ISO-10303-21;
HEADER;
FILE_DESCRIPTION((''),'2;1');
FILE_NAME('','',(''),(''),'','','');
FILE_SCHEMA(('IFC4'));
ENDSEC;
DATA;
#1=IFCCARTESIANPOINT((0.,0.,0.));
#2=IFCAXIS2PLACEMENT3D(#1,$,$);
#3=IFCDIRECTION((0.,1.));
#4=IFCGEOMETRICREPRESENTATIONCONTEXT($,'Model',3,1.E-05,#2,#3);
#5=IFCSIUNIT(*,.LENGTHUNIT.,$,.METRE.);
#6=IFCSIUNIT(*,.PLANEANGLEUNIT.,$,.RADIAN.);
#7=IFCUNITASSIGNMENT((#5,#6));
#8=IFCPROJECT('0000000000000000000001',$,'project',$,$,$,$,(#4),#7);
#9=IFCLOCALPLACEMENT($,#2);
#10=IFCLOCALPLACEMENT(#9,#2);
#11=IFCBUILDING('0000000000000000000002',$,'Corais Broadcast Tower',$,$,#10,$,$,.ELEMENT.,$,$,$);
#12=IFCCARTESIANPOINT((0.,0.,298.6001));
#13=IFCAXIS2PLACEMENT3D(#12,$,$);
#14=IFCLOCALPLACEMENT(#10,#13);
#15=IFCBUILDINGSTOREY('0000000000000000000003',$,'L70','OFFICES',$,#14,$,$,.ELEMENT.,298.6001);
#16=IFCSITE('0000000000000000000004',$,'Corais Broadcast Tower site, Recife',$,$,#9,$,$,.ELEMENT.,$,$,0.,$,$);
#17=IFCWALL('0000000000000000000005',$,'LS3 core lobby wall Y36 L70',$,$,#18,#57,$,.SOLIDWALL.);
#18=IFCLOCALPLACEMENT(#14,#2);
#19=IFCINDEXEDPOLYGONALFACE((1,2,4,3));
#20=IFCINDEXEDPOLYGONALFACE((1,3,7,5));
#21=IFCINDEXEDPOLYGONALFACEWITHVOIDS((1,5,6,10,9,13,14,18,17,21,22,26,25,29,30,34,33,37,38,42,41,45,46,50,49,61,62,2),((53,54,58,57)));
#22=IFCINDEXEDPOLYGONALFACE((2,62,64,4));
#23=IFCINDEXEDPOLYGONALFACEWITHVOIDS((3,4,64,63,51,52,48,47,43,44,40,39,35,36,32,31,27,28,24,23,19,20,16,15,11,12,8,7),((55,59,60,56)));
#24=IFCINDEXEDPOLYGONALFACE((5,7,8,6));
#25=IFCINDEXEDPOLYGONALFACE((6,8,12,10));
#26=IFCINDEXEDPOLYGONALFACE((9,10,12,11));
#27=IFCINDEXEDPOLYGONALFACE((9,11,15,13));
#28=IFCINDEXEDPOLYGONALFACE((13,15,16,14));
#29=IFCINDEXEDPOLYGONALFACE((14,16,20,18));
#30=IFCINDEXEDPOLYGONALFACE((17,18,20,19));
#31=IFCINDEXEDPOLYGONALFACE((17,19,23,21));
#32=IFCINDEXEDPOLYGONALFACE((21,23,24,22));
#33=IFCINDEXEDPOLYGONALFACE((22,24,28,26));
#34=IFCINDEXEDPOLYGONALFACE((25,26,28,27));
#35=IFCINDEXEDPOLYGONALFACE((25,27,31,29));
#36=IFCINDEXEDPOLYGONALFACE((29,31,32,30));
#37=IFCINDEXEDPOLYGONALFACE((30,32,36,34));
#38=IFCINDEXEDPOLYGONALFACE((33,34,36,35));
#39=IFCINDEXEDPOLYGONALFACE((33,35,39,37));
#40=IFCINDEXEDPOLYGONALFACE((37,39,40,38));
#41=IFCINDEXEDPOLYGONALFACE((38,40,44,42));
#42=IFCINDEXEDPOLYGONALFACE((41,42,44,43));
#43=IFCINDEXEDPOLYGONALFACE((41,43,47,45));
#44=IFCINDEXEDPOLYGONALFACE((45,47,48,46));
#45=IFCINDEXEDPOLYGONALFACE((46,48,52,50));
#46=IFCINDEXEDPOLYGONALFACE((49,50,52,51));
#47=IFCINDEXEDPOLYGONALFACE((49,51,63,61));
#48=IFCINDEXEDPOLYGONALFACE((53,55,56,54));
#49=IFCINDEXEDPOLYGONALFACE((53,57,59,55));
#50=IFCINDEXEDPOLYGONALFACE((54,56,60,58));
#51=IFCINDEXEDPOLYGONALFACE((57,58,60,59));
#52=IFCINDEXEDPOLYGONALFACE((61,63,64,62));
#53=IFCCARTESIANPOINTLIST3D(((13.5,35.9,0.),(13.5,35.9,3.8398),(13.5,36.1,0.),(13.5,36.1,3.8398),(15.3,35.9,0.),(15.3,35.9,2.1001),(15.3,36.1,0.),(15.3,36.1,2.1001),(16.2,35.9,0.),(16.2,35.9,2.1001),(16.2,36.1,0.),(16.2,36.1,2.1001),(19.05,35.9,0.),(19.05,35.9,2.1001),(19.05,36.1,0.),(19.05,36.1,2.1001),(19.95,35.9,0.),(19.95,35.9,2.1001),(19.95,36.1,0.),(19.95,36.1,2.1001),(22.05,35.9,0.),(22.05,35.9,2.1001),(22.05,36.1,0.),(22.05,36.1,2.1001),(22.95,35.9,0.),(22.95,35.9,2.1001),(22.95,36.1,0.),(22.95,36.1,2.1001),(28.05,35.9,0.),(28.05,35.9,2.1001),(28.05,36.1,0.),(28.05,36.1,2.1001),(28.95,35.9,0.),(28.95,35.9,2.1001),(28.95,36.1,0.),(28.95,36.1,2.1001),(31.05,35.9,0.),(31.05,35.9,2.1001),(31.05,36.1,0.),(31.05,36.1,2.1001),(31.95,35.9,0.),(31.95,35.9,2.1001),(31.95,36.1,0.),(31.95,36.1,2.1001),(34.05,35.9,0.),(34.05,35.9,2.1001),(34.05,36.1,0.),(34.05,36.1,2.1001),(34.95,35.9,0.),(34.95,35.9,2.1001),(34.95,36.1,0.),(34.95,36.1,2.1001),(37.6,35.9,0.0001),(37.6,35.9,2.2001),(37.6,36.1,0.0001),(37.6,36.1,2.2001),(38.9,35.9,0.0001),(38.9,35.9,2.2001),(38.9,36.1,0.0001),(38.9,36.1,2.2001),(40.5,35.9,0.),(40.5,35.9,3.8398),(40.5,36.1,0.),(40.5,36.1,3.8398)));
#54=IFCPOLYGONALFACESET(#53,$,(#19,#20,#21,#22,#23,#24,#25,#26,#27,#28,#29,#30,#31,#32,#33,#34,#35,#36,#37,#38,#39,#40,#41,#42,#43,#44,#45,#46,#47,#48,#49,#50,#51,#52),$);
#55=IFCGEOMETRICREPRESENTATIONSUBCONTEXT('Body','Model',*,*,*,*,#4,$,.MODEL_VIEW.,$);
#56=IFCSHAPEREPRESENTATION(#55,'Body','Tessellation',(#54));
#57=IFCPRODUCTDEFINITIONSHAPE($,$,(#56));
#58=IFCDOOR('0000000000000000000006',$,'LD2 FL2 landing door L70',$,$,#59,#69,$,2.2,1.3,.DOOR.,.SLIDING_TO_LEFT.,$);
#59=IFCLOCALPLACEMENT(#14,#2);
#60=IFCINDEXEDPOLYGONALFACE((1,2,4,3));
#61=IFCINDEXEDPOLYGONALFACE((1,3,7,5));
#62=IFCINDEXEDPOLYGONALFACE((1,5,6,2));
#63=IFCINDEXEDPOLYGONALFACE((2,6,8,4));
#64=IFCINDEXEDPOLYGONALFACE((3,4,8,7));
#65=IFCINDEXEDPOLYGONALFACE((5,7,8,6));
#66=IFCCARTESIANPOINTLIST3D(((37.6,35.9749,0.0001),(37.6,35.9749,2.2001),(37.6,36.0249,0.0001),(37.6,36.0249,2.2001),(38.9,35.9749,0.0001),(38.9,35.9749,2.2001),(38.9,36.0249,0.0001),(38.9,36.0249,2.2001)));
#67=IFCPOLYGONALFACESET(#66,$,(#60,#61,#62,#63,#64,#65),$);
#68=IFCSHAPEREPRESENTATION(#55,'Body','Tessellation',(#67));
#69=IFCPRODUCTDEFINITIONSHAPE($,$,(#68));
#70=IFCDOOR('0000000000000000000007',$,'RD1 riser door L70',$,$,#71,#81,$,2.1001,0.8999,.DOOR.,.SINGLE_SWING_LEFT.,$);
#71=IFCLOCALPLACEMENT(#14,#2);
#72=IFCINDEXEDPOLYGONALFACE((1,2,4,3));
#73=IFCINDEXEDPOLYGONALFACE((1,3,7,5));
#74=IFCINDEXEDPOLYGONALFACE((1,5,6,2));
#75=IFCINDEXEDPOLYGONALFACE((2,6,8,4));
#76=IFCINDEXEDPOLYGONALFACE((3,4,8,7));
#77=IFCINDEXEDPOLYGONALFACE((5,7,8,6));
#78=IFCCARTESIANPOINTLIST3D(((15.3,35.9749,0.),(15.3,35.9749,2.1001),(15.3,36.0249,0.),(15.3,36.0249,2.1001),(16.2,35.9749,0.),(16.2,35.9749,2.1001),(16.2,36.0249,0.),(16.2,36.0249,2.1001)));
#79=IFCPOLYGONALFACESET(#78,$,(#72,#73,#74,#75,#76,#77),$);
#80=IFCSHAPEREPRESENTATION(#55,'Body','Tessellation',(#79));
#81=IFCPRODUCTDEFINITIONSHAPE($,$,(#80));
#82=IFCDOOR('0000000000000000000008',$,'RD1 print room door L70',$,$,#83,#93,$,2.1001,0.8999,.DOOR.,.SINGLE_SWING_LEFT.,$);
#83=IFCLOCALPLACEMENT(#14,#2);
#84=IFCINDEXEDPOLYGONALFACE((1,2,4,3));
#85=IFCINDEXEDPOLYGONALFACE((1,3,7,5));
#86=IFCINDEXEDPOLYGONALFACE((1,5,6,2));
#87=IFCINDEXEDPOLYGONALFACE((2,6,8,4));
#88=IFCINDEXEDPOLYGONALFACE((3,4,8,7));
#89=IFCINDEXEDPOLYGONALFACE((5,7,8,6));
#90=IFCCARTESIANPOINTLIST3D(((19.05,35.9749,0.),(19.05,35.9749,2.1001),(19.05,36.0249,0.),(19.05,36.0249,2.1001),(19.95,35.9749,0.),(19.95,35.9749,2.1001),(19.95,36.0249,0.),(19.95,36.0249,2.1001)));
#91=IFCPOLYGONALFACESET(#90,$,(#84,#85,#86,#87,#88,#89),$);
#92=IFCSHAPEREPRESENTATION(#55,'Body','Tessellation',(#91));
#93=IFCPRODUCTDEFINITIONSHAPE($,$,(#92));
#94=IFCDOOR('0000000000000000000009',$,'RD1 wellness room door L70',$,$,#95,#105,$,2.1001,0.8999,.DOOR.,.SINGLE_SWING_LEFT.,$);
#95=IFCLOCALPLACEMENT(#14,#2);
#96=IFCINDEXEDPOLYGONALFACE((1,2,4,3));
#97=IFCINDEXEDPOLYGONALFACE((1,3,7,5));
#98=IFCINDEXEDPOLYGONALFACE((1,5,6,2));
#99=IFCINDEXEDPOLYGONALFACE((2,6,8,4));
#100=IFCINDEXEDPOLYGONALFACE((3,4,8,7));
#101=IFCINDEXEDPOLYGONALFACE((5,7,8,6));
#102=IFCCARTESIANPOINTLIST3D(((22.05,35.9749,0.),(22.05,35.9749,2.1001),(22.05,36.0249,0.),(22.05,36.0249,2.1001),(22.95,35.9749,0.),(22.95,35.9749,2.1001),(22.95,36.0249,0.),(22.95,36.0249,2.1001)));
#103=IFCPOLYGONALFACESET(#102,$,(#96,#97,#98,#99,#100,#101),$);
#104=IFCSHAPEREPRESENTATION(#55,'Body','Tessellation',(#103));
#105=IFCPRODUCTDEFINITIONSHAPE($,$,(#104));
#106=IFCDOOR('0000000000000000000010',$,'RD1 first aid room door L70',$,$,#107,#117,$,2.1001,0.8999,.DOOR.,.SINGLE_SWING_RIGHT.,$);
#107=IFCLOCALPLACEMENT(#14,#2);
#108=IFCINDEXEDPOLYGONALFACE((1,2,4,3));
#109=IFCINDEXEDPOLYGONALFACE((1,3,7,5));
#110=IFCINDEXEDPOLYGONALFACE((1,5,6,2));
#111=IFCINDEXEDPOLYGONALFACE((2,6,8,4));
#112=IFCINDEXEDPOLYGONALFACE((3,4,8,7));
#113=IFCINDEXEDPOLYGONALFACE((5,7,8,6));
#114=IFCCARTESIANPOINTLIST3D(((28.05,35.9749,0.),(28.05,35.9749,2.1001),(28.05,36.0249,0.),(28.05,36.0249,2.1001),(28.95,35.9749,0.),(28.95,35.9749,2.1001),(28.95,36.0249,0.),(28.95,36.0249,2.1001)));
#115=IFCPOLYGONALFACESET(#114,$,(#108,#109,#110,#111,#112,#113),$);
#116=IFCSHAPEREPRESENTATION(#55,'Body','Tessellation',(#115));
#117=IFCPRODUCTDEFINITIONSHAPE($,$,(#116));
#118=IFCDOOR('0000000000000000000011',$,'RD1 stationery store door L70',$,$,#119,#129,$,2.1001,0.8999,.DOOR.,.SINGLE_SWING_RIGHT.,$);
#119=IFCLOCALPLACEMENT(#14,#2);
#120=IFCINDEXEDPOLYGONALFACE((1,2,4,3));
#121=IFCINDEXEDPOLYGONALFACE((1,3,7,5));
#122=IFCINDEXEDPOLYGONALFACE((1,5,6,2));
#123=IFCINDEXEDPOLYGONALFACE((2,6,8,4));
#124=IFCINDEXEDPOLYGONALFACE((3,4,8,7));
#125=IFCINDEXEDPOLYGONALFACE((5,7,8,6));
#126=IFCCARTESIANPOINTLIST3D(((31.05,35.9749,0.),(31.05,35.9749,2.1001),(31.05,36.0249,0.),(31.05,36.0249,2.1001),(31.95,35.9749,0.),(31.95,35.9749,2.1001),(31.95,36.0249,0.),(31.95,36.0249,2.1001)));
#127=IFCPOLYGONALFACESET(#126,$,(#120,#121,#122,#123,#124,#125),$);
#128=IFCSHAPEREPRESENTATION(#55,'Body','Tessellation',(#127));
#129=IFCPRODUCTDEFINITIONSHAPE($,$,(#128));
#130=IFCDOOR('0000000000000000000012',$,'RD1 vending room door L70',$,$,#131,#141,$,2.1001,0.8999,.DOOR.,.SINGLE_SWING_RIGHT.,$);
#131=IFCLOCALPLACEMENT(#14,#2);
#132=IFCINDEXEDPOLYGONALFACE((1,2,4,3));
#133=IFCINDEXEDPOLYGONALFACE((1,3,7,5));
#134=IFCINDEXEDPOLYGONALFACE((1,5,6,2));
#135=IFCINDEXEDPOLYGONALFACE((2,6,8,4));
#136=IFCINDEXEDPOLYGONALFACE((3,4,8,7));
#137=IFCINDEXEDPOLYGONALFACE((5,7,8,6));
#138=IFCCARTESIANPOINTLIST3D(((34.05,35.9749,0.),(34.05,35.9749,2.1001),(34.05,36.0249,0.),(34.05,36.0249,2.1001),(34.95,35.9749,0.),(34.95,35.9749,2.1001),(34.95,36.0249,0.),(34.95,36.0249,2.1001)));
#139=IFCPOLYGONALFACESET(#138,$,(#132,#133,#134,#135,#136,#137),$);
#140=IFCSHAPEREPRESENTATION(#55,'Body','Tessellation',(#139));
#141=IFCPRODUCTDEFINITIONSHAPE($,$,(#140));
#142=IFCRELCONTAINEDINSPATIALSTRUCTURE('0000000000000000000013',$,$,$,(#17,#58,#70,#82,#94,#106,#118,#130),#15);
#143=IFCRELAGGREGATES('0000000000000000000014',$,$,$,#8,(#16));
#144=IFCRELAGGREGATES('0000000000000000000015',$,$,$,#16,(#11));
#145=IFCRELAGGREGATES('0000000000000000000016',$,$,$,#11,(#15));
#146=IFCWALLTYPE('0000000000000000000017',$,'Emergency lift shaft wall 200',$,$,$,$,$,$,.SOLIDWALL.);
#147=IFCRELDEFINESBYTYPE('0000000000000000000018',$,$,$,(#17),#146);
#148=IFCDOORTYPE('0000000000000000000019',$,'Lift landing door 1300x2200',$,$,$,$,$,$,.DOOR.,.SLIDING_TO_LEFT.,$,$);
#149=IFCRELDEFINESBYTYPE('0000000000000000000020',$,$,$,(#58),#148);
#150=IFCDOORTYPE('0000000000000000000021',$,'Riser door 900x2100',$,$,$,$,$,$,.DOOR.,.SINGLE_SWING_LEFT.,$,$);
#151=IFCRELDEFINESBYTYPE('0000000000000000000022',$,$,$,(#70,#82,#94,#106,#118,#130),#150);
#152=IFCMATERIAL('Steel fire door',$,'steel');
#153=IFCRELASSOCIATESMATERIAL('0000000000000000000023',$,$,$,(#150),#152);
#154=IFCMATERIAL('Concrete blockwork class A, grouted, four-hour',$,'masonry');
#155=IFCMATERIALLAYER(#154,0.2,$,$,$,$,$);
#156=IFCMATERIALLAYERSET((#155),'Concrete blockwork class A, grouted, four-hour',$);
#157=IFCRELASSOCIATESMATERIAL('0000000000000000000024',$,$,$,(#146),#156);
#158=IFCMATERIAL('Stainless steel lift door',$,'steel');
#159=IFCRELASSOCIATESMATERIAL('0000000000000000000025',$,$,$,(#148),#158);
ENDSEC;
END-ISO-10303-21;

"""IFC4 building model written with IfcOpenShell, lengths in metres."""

from ifc_helpers import new_model, si_unit, direction, frame, frame_2d, origin, place, context, subcontext, project, spatial, rectangle, extrude, material, layer, layer_set, type_object, element, fill, save


model = new_model("IFC4")

# Units and contexts
model_context = context("Model", 3, precision=1e-05, world=origin(), true_north=direction((0.0, 1.0)))
body_context = subcontext(model_context, "Body", "Model", "MODEL_VIEW")
ifc_project = project(units=[si_unit("LENGTHUNIT", "METRE"), si_unit("PLANEANGLEUNIT", "RADIAN")], contexts=[model_context])

# Site, building, storey
site_placement = place(None, origin())
site = spatial("IfcSite", under=ifc_project, at=site_placement, Name="Corais Broadcast Tower site, Recife", CompositionType="ELEMENT", RefElevation=0.0)
building_placement = place(site_placement, origin())
building = spatial("IfcBuilding", under=site, at=building_placement, Name="Corais Broadcast Tower", CompositionType="ELEMENT")
storey_placement = place(building_placement, frame((0.0, 0.0, 298.6001)))
storey = spatial("IfcBuildingStorey", under=building, at=storey_placement, Name="L70", Description="OFFICES", CompositionType="ELEMENT", Elevation=298.6001)

# Wall, openings, doors
ifc_material_1 = material(Name="Steel fire door", Category="steel")
door_type_1 = type_object("IfcDoorType", Name="Riser door 900x2100", OperationType="SINGLE_SWING_LEFT", PredefinedType="DOOR", material=ifc_material_1)
ifc_material_2 = material(Name="Concrete blockwork class A, grouted, four-hour", Category="masonry")
ifc_layer_1 = layer(ifc_material_2, 0.2)
ifc_layer_set_1 = layer_set([ifc_layer_1], Name="Concrete blockwork class A, grouted, four-hour")
wall_type_1 = type_object("IfcWallType", Name="Emergency lift shaft wall 200", PredefinedType="SOLIDWALL", material=ifc_layer_set_1)
wall_1_placement = place(storey_placement, frame((13.5, 36.0, 0.0), z_axis=(0.0, 0.0, 1.0), x_axis=(1.0, 0.0, 0.0)))
wall_1 = element("IfcWall", 1, at=wall_1_placement, inside=storey, type_object=wall_type_1, Name="LS3 core lobby wall Y36 L70", PredefinedType="SOLIDWALL", context=body_context, shape_type="SweptSolid", body=[
    extrude(rectangle(XDim=27.0, YDim=0.2, at=frame_2d((13.5, 0.0))), origin(), (0.0, 0.0, 1.0), 3.8398),
])
opening_1_placement = place(wall_1_placement, frame((1.8, 0.0, 0.0)))
opening_1 = element("IfcOpeningElement", 2, at=opening_1_placement, cuts=wall_1, PredefinedType="OPENING", context=body_context, shape_type="SweptSolid", body=[
    extrude(rectangle(XDim=0.8999, YDim=2.1001, at=frame_2d((0.45, 1.05))), frame((0.0, 0.1099, 0.0), z_axis=(0.0, -1.0, 0.0), x_axis=(1.0, 0.0, 0.0)), (0.0, 0.0, 1.0), 0.22),
])
opening_2_placement = place(wall_1_placement, frame((5.55, 0.0, 0.0)))
opening_2 = element("IfcOpeningElement", 3, at=opening_2_placement, cuts=wall_1, PredefinedType="OPENING", context=body_context, shape_type="SweptSolid", body=[
    extrude(rectangle(XDim=0.8999, YDim=2.1001, at=frame_2d((0.45, 1.05))), frame((0.0, 0.1099, 0.0), z_axis=(0.0, -1.0, 0.0), x_axis=(1.0, 0.0, 0.0)), (0.0, 0.0, 1.0), 0.22),
])
opening_3_placement = place(wall_1_placement, frame((8.55, 0.0, 0.0)))
opening_3 = element("IfcOpeningElement", 4, at=opening_3_placement, cuts=wall_1, PredefinedType="OPENING", context=body_context, shape_type="SweptSolid", body=[
    extrude(rectangle(XDim=0.8999, YDim=2.1001, at=frame_2d((0.45, 1.05))), frame((0.0, 0.1099, 0.0), z_axis=(0.0, -1.0, 0.0), x_axis=(1.0, 0.0, 0.0)), (0.0, 0.0, 1.0), 0.22),
])
opening_4_placement = place(wall_1_placement, frame((14.55, 0.0, 0.0)))
opening_4 = element("IfcOpeningElement", 5, at=opening_4_placement, cuts=wall_1, PredefinedType="OPENING", context=body_context, shape_type="SweptSolid", body=[
    extrude(rectangle(XDim=0.8999, YDim=2.1001, at=frame_2d((0.45, 1.05))), frame((0.0, 0.1099, 0.0), z_axis=(0.0, -1.0, 0.0), x_axis=(1.0, 0.0, 0.0)), (0.0, 0.0, 1.0), 0.22),
])
opening_5_placement = place(wall_1_placement, frame((17.55, 0.0, 0.0)))
opening_5 = element("IfcOpeningElement", 6, at=opening_5_placement, cuts=wall_1, PredefinedType="OPENING", context=body_context, shape_type="SweptSolid", body=[
    extrude(rectangle(XDim=0.8999, YDim=2.1001, at=frame_2d((0.45, 1.05))), frame((0.0, 0.1099, 0.0), z_axis=(0.0, -1.0, 0.0), x_axis=(1.0, 0.0, 0.0)), (0.0, 0.0, 1.0), 0.22),
])
opening_6_placement = place(wall_1_placement, frame((20.55, 0.0, 0.0)))
opening_6 = element("IfcOpeningElement", 7, at=opening_6_placement, cuts=wall_1, PredefinedType="OPENING", context=body_context, shape_type="SweptSolid", body=[
    extrude(rectangle(XDim=0.8999, YDim=2.1001, at=frame_2d((0.45, 1.05))), frame((0.0, 0.1099, 0.0), z_axis=(0.0, -1.0, 0.0), x_axis=(1.0, 0.0, 0.0)), (0.0, 0.0, 1.0), 0.22),
])
opening_7_placement = place(wall_1_placement, frame((24.1001, 0.0, 0.0)))
opening_7 = element("IfcOpeningElement", 8, at=opening_7_placement, cuts=wall_1, PredefinedType="OPENING", context=body_context, shape_type="SweptSolid", body=[
    extrude(rectangle(XDim=1.3, YDim=2.2, at=frame_2d((0.6499, 1.1001))), frame((0.0, 0.1099, 0.0), z_axis=(0.0, -1.0, 0.0), x_axis=(1.0, 0.0, 0.0)), (0.0, 0.0, 1.0), 0.22),
])
ifc_material_3 = material(Name="Stainless steel lift door", Category="steel")
door_type_2 = type_object("IfcDoorType", Name="Lift landing door 1300x2200", OperationType="SLIDING_TO_LEFT", PredefinedType="DOOR", material=ifc_material_3)
door_1_placement = place(opening_7_placement, origin())
door_1 = element("IfcDoor", 9, at=door_1_placement, inside=storey, type_object=door_type_2, Name="LD2 FL2 landing door L70", OperationType="SLIDING_TO_LEFT", OverallHeight=2.2, OverallWidth=1.3, PredefinedType="DOOR", context=body_context, shape_type="SweptSolid", body=[
    extrude(rectangle(XDim=1.3, YDim=2.2, at=frame_2d((0.6499, 1.1001))), frame((0.0, 0.0249, 0.0), z_axis=(0.0, -1.0, 0.0), x_axis=(1.0, 0.0, 0.0)), (0.0, 0.0, 1.0), 0.05),
])
fill(opening_7, door_1)
door_2_placement = place(opening_1_placement, origin())
door_2 = element("IfcDoor", 10, at=door_2_placement, inside=storey, type_object=door_type_1, Name="RD1 riser door L70", OperationType="SINGLE_SWING_LEFT", OverallHeight=2.1001, OverallWidth=0.8999, PredefinedType="DOOR", context=body_context, shape_type="SweptSolid", body=[
    extrude(rectangle(XDim=0.8999, YDim=2.1001, at=frame_2d((0.45, 1.05))), frame((0.0, 0.0249, 0.0), z_axis=(0.0, -1.0, 0.0), x_axis=(1.0, 0.0, 0.0)), (0.0, 0.0, 1.0), 0.05),
])
fill(opening_1, door_2)
door_3_placement = place(opening_2_placement, origin())
door_3 = element("IfcDoor", 11, at=door_3_placement, inside=storey, type_object=door_type_1, Name="RD1 print room door L70", OperationType="SINGLE_SWING_LEFT", OverallHeight=2.1001, OverallWidth=0.8999, PredefinedType="DOOR", context=body_context, shape_type="SweptSolid", body=[
    extrude(rectangle(XDim=0.8999, YDim=2.1001, at=frame_2d((0.45, 1.05))), frame((0.0, 0.0249, 0.0), z_axis=(0.0, -1.0, 0.0), x_axis=(1.0, 0.0, 0.0)), (0.0, 0.0, 1.0), 0.05),
])
fill(opening_2, door_3)
door_4_placement = place(opening_3_placement, origin())
door_4 = element("IfcDoor", 12, at=door_4_placement, inside=storey, type_object=door_type_1, Name="RD1 wellness room door L70", OperationType="SINGLE_SWING_LEFT", OverallHeight=2.1001, OverallWidth=0.8999, PredefinedType="DOOR", context=body_context, shape_type="SweptSolid", body=[
    extrude(rectangle(XDim=0.8999, YDim=2.1001, at=frame_2d((0.45, 1.05))), frame((0.0, 0.0249, 0.0), z_axis=(0.0, -1.0, 0.0), x_axis=(1.0, 0.0, 0.0)), (0.0, 0.0, 1.0), 0.05),
])
fill(opening_3, door_4)
door_5_placement = place(opening_4_placement, origin())
door_5 = element("IfcDoor", 13, at=door_5_placement, inside=storey, type_object=door_type_1, Name="RD1 first aid room door L70", OperationType="SINGLE_SWING_RIGHT", OverallHeight=2.1001, OverallWidth=0.8999, PredefinedType="DOOR", context=body_context, shape_type="SweptSolid", body=[
    extrude(rectangle(XDim=0.8999, YDim=2.1001, at=frame_2d((0.45, 1.05))), frame((0.0, 0.0249, 0.0), z_axis=(0.0, -1.0, 0.0), x_axis=(1.0, 0.0, 0.0)), (0.0, 0.0, 1.0), 0.05),
])
fill(opening_4, door_5)
door_6_placement = place(opening_5_placement, origin())
door_6 = element("IfcDoor", 14, at=door_6_placement, inside=storey, type_object=door_type_1, Name="RD1 stationery store door L70", OperationType="SINGLE_SWING_RIGHT", OverallHeight=2.1001, OverallWidth=0.8999, PredefinedType="DOOR", context=body_context, shape_type="SweptSolid", body=[
    extrude(rectangle(XDim=0.8999, YDim=2.1001, at=frame_2d((0.45, 1.05))), frame((0.0, 0.0249, 0.0), z_axis=(0.0, -1.0, 0.0), x_axis=(1.0, 0.0, 0.0)), (0.0, 0.0, 1.0), 0.05),
])
fill(opening_5, door_6)
door_7_placement = place(opening_6_placement, origin())
door_7 = element("IfcDoor", 15, at=door_7_placement, inside=storey, type_object=door_type_1, Name="RD1 vending room door L70", OperationType="SINGLE_SWING_RIGHT", OverallHeight=2.1001, OverallWidth=0.8999, PredefinedType="DOOR", context=body_context, shape_type="SweptSolid", body=[
    extrude(rectangle(XDim=0.8999, YDim=2.1001, at=frame_2d((0.45, 1.05))), frame((0.0, 0.0249, 0.0), z_axis=(0.0, -1.0, 0.0), x_axis=(1.0, 0.0, 0.0)), (0.0, 0.0, 1.0), 0.05),
])
fill(opening_6, door_7)

save(model, "model.ifc")
